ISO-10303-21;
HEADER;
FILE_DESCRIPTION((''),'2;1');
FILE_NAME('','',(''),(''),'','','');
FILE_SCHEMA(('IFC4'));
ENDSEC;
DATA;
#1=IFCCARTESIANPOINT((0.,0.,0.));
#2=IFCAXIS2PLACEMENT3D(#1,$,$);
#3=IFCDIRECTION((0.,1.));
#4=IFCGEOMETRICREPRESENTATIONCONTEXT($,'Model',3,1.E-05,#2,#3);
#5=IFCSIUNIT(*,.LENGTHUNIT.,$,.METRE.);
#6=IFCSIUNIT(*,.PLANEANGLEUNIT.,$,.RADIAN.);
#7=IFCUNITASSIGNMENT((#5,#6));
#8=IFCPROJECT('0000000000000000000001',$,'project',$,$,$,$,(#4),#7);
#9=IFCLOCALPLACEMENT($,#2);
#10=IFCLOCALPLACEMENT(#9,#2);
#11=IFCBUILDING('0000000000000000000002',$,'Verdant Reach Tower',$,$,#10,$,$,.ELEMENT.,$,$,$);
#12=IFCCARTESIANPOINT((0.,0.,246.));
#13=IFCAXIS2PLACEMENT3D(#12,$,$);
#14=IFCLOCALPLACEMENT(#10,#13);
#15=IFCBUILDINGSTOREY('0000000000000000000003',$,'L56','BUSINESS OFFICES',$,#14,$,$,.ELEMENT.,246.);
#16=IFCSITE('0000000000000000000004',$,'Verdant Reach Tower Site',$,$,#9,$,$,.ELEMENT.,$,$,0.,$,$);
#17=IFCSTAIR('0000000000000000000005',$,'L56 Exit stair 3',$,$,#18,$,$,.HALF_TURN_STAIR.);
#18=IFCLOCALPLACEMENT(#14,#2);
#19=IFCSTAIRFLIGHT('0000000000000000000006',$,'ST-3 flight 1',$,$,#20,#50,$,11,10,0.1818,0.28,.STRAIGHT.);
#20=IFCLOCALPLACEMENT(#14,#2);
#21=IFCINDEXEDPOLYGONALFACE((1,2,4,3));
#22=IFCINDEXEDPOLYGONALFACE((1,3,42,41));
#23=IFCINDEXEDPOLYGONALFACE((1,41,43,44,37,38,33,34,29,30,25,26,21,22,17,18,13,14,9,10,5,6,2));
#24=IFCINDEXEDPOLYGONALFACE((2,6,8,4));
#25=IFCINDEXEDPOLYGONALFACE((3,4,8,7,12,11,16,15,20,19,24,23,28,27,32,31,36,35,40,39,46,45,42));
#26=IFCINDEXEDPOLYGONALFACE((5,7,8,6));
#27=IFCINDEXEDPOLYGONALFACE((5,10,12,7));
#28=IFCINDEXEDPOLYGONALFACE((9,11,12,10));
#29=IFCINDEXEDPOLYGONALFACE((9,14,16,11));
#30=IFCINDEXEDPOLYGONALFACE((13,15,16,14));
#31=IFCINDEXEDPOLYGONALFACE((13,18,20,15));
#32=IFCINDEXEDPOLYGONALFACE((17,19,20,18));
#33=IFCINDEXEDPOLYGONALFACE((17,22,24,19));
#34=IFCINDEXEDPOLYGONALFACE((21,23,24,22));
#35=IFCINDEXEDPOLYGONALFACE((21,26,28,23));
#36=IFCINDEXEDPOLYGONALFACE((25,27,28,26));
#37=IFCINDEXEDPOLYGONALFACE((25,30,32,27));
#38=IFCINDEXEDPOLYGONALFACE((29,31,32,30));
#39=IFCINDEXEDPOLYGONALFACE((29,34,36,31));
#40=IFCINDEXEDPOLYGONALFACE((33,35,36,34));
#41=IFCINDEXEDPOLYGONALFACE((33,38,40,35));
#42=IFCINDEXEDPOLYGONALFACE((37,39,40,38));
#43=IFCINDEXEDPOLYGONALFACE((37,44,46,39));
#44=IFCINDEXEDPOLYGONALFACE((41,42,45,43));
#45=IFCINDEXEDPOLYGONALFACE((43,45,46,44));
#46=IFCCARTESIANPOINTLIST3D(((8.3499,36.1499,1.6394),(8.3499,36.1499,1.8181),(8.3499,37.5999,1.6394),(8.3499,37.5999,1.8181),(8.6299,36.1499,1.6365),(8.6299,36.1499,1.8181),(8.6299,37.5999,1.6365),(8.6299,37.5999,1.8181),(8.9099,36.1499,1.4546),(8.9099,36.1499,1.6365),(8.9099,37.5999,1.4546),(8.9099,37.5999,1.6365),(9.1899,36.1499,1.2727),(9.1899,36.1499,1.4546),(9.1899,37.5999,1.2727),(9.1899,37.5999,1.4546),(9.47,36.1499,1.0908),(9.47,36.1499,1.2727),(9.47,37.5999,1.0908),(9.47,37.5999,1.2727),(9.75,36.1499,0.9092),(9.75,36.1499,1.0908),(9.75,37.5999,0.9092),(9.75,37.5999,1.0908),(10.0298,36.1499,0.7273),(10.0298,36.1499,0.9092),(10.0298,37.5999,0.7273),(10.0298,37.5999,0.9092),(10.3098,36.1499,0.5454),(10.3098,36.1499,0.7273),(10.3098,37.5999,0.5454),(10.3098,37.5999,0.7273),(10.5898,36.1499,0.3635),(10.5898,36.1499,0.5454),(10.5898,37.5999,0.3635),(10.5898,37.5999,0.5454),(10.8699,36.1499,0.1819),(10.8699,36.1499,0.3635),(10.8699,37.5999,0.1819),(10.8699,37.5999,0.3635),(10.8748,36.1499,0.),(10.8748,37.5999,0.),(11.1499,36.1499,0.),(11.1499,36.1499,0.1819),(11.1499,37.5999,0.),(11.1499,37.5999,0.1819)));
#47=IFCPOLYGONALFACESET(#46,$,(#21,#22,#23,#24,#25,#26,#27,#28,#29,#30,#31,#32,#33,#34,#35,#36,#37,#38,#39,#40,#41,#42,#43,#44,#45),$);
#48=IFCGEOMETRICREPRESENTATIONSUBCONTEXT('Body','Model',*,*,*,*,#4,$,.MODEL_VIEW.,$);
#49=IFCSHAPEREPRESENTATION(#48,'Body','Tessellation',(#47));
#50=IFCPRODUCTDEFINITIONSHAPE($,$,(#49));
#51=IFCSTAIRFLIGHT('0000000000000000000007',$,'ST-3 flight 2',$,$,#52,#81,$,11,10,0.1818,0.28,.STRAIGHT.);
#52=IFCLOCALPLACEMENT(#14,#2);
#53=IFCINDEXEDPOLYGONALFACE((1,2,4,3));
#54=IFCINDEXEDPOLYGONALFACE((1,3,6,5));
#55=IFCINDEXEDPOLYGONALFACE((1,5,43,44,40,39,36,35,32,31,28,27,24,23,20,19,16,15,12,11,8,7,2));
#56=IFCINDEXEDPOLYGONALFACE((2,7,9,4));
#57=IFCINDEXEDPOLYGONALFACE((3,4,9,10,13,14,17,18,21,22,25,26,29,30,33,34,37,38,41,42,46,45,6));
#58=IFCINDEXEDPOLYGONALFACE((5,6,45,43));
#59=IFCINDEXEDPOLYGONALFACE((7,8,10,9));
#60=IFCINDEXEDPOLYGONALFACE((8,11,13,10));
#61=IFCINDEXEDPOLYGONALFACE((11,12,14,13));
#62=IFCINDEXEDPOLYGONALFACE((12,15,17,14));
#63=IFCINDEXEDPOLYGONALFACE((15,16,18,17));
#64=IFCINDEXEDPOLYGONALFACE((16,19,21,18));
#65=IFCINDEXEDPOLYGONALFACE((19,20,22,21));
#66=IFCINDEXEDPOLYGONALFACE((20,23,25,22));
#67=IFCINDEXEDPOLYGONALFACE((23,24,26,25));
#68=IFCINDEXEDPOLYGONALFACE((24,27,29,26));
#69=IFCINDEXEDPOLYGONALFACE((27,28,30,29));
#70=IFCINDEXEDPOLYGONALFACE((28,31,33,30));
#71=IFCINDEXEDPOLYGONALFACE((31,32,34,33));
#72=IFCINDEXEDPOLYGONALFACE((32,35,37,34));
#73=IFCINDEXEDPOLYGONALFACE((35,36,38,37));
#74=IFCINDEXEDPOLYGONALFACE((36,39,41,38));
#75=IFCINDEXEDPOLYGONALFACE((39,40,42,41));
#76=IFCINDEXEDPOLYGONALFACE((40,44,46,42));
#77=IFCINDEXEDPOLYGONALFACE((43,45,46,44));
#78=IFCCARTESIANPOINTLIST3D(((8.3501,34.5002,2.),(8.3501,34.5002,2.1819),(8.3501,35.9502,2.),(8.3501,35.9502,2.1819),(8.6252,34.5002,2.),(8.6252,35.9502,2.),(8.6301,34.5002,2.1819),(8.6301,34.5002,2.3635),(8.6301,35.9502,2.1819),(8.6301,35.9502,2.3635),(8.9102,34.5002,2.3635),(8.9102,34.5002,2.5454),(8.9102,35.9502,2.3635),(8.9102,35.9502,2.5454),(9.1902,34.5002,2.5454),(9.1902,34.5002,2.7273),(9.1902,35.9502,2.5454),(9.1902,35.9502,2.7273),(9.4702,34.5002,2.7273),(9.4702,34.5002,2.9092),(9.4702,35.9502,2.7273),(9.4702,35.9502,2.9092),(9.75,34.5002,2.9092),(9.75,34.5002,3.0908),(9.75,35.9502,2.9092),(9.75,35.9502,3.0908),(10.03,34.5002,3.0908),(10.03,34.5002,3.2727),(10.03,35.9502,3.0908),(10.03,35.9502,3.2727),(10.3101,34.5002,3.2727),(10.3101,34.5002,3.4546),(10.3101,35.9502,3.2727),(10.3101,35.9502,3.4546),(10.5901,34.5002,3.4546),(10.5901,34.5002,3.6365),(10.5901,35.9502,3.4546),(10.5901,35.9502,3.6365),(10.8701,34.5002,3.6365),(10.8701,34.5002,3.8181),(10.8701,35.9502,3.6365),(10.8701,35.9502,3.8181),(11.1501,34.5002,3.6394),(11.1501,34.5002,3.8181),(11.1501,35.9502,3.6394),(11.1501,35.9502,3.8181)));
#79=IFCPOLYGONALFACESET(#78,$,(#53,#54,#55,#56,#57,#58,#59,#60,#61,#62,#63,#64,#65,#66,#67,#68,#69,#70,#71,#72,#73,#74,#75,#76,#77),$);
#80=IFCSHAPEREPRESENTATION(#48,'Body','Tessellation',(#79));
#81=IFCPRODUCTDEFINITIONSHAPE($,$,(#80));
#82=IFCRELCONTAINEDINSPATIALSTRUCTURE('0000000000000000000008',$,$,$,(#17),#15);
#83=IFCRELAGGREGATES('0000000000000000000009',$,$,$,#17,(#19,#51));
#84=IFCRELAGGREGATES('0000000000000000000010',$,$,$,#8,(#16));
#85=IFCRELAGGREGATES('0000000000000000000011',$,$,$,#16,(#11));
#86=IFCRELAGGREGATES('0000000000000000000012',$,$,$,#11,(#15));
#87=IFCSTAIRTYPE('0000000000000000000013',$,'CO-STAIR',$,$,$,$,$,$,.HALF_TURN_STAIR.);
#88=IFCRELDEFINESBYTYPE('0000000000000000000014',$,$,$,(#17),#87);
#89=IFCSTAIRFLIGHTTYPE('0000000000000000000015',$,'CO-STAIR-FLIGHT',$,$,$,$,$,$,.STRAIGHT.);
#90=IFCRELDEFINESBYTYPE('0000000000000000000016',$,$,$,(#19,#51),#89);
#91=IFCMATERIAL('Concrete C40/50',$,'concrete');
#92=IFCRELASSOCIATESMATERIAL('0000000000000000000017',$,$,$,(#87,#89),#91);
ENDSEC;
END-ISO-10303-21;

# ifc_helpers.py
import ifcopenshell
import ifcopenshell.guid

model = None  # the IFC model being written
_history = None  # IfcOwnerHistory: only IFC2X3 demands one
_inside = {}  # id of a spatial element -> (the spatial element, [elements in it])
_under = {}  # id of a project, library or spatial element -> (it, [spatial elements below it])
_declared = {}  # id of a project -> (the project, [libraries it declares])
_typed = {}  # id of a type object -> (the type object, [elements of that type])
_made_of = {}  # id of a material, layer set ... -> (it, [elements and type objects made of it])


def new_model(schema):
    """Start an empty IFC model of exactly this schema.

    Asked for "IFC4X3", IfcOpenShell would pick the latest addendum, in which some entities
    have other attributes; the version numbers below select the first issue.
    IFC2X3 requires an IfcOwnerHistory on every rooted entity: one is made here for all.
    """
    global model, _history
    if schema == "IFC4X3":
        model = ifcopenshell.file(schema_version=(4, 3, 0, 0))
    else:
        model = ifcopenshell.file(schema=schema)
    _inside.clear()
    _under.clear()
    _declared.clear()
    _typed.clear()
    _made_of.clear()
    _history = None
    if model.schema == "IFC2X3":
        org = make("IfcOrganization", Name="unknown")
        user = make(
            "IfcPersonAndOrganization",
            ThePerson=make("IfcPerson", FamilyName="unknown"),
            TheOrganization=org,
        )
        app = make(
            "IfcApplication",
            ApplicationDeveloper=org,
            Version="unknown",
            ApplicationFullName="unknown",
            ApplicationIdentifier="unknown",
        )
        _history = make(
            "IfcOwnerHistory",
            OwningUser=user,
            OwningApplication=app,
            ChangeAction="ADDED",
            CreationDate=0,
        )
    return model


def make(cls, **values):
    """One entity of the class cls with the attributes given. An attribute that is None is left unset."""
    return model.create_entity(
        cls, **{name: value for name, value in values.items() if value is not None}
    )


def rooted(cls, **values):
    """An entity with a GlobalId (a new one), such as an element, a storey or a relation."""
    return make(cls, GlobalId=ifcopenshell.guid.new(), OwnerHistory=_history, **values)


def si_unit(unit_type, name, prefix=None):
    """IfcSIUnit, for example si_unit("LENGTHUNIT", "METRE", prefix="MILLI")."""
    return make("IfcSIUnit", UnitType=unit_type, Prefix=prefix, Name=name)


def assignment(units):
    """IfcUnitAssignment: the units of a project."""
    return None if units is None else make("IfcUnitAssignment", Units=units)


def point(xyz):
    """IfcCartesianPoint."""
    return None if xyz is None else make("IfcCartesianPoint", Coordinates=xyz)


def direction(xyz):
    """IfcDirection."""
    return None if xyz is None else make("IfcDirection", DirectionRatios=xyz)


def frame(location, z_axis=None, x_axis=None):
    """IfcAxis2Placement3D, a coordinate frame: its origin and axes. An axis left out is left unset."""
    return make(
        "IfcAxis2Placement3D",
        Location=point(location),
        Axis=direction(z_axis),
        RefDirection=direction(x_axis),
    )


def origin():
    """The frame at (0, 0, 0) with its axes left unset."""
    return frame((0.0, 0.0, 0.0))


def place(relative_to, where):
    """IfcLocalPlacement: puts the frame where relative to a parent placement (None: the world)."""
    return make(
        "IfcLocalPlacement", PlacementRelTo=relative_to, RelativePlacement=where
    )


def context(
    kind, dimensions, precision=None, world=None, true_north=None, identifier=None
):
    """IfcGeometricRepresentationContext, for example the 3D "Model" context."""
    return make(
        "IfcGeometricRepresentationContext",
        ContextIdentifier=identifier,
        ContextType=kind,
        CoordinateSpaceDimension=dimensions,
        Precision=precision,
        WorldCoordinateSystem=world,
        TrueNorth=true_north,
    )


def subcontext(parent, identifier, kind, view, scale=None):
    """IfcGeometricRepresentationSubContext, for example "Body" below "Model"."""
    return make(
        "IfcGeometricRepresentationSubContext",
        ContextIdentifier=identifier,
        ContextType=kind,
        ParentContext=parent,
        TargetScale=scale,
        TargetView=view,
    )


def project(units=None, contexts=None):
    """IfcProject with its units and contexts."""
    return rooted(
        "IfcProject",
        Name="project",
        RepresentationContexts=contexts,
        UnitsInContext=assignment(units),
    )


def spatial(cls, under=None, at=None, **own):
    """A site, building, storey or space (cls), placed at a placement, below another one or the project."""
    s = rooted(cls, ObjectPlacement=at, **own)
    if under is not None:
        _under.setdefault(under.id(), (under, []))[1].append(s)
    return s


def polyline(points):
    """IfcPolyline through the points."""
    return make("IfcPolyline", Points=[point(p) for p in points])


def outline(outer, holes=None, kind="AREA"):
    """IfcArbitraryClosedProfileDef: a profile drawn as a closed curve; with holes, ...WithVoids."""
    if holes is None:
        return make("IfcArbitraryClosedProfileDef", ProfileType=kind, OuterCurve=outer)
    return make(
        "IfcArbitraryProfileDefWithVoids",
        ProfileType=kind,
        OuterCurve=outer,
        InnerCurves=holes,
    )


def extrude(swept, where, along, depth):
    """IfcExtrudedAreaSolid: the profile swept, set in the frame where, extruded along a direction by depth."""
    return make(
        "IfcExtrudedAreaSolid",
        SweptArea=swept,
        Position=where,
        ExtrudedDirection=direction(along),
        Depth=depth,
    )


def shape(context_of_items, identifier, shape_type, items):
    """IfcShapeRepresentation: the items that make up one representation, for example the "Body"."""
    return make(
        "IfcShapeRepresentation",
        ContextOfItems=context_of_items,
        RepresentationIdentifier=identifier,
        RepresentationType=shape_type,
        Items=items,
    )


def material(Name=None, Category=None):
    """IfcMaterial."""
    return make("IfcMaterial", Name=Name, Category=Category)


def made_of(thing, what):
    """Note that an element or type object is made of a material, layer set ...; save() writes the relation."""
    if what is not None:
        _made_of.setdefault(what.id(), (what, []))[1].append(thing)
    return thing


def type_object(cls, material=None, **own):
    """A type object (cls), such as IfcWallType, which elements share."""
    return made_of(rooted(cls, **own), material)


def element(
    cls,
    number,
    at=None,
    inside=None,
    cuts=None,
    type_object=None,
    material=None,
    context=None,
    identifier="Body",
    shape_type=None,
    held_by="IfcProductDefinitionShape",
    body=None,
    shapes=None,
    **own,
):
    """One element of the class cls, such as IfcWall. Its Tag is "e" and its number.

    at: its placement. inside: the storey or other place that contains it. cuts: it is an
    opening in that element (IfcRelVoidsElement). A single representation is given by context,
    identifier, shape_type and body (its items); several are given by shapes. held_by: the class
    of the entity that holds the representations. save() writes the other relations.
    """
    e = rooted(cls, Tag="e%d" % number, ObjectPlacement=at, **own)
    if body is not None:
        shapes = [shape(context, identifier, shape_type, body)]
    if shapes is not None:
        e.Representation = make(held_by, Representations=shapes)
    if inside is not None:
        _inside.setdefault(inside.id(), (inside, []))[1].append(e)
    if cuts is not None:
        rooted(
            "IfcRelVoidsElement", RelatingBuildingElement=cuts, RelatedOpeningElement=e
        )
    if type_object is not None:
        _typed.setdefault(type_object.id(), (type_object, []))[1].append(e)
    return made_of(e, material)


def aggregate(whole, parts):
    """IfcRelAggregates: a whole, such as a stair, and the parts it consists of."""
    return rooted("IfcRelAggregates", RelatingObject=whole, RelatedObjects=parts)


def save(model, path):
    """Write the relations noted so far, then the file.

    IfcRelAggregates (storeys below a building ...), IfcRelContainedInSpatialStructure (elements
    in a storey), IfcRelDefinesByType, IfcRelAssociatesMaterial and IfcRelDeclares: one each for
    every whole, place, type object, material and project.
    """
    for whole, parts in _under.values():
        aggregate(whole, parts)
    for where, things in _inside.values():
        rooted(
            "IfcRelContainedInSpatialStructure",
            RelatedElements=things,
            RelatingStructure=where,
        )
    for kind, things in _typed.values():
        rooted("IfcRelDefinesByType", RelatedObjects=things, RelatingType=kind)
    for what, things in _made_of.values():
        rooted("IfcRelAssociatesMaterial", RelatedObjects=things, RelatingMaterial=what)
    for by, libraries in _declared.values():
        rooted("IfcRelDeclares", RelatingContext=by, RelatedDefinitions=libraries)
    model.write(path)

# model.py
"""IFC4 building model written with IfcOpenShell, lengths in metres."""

from ifc_helpers import new_model, si_unit, direction, frame, origin, place, context, subcontext, project, spatial, polyline, outline, extrude, material, type_object, element, aggregate, save


model = new_model("IFC4")

# Units and contexts
model_context = context("Model", 3, precision=1e-05, world=origin(), true_north=direction((0.0, 1.0)))
body_context = subcontext(model_context, "Body", "Model", "MODEL_VIEW")
ifc_project = project(units=[si_unit("LENGTHUNIT", "METRE"), si_unit("PLANEANGLEUNIT", "RADIAN")], contexts=[model_context])

# Site, building, storey
site_placement = place(None, origin())
site = spatial("IfcSite", under=ifc_project, at=site_placement, Name="Verdant Reach Tower Site", CompositionType="ELEMENT", RefElevation=0.0)
building_placement = place(site_placement, origin())
building = spatial("IfcBuilding", under=site, at=building_placement, Name="Verdant Reach Tower", CompositionType="ELEMENT")
storey_placement = place(building_placement, frame((0.0, 0.0, 246.0)))
storey = spatial("IfcBuildingStorey", under=building, at=storey_placement, Name="L56", Description="BUSINESS OFFICES", CompositionType="ELEMENT", Elevation=246.0)

# Shared definitions
ifc_material_1 = material(Name="Concrete C40/50", Category="concrete")

# Stair, stair flights
stair_type = type_object("IfcStairType", Name="CO-STAIR", PredefinedType="HALF_TURN_STAIR", material=ifc_material_1)
stair_flight_type = type_object("IfcStairFlightType", Name="CO-STAIR-FLIGHT", PredefinedType="STRAIGHT", material=ifc_material_1)
stair_1_placement = place(storey_placement, origin())
stair_1 = element("IfcStair", 1, at=stair_1_placement, inside=storey, type_object=stair_type, Name="L56 Exit stair 3", PredefinedType="HALF_TURN_STAIR")
stair_flight_1_placement = place(storey_placement, frame((11.1499, 36.875, 0.0), z_axis=(0.0, 0.0, 1.0), x_axis=(-1.0, 0.0, 0.0)))
stair_flight_1 = element("IfcStairFlight", 2, at=stair_flight_1_placement, type_object=stair_flight_type, Name="ST-3 flight 1", NumberOfRisers=11, NumberOfTreads=10, PredefinedType="STRAIGHT", RiserHeight=0.1818, TreadLength=0.28, context=body_context, shape_type="SweptSolid", body=[
    extrude(outline(polyline([(0.0, 0.0), (0.0, 0.1819), (0.28, 0.1819), (0.28, 0.3635), (0.5601, 0.3635), (0.5601, 0.5454), (0.8401, 0.5454), (0.8401, 0.7273), (1.1201, 0.7273), (1.1201, 0.9092), (1.3999, 0.9092), (1.3999, 1.0908), (1.6799, 1.0908), (1.6799, 1.2727), (1.96, 1.2727), (1.96, 1.4546), (2.24, 1.4546), (2.24, 1.6365), (2.52, 1.6365), (2.52, 1.8181), (2.8, 1.8181), (2.8, 2.0), (2.8, 1.6394), (0.2751, 0.0), (0.0, 0.0)])), frame((0.0, 0.7251, 0.0), z_axis=(0.0, -1.0, 0.0), x_axis=(1.0, 0.0, 0.0)), (0.0, 0.0, 1.0), 1.45),
])
stair_flight_2_placement = place(storey_placement, frame((8.3501, 35.2251, 2.0), z_axis=(0.0, 0.0, 1.0), x_axis=(1.0, 0.0, 0.0)))
stair_flight_2 = element("IfcStairFlight", 3, at=stair_flight_2_placement, type_object=stair_flight_type, Name="ST-3 flight 2", NumberOfRisers=11, NumberOfTreads=10, PredefinedType="STRAIGHT", RiserHeight=0.1818, TreadLength=0.28, context=body_context, shape_type="SweptSolid", body=[
    extrude(outline(polyline([(0.0, 0.0), (0.0, 0.1819), (0.28, 0.1819), (0.28, 0.3635), (0.5601, 0.3635), (0.5601, 0.5454), (0.8401, 0.5454), (0.8401, 0.7273), (1.1201, 0.7273), (1.1201, 0.9092), (1.3999, 0.9092), (1.3999, 1.0908), (1.6799, 1.0908), (1.6799, 1.2727), (1.96, 1.2727), (1.96, 1.4546), (2.24, 1.4546), (2.24, 1.6365), (2.52, 1.6365), (2.52, 1.8181), (2.8, 1.8181), (2.8, 2.0), (2.8, 1.6394), (0.2751, 0.0), (0.0, 0.0)])), frame((0.0, 0.7251, 0.0), z_axis=(0.0, -1.0, 0.0), x_axis=(1.0, 0.0, 0.0)), (0.0, 0.0, 1.0), 1.45),
])
aggregate(stair_1, [stair_flight_1, stair_flight_2])

save(model, "model.ifc")
